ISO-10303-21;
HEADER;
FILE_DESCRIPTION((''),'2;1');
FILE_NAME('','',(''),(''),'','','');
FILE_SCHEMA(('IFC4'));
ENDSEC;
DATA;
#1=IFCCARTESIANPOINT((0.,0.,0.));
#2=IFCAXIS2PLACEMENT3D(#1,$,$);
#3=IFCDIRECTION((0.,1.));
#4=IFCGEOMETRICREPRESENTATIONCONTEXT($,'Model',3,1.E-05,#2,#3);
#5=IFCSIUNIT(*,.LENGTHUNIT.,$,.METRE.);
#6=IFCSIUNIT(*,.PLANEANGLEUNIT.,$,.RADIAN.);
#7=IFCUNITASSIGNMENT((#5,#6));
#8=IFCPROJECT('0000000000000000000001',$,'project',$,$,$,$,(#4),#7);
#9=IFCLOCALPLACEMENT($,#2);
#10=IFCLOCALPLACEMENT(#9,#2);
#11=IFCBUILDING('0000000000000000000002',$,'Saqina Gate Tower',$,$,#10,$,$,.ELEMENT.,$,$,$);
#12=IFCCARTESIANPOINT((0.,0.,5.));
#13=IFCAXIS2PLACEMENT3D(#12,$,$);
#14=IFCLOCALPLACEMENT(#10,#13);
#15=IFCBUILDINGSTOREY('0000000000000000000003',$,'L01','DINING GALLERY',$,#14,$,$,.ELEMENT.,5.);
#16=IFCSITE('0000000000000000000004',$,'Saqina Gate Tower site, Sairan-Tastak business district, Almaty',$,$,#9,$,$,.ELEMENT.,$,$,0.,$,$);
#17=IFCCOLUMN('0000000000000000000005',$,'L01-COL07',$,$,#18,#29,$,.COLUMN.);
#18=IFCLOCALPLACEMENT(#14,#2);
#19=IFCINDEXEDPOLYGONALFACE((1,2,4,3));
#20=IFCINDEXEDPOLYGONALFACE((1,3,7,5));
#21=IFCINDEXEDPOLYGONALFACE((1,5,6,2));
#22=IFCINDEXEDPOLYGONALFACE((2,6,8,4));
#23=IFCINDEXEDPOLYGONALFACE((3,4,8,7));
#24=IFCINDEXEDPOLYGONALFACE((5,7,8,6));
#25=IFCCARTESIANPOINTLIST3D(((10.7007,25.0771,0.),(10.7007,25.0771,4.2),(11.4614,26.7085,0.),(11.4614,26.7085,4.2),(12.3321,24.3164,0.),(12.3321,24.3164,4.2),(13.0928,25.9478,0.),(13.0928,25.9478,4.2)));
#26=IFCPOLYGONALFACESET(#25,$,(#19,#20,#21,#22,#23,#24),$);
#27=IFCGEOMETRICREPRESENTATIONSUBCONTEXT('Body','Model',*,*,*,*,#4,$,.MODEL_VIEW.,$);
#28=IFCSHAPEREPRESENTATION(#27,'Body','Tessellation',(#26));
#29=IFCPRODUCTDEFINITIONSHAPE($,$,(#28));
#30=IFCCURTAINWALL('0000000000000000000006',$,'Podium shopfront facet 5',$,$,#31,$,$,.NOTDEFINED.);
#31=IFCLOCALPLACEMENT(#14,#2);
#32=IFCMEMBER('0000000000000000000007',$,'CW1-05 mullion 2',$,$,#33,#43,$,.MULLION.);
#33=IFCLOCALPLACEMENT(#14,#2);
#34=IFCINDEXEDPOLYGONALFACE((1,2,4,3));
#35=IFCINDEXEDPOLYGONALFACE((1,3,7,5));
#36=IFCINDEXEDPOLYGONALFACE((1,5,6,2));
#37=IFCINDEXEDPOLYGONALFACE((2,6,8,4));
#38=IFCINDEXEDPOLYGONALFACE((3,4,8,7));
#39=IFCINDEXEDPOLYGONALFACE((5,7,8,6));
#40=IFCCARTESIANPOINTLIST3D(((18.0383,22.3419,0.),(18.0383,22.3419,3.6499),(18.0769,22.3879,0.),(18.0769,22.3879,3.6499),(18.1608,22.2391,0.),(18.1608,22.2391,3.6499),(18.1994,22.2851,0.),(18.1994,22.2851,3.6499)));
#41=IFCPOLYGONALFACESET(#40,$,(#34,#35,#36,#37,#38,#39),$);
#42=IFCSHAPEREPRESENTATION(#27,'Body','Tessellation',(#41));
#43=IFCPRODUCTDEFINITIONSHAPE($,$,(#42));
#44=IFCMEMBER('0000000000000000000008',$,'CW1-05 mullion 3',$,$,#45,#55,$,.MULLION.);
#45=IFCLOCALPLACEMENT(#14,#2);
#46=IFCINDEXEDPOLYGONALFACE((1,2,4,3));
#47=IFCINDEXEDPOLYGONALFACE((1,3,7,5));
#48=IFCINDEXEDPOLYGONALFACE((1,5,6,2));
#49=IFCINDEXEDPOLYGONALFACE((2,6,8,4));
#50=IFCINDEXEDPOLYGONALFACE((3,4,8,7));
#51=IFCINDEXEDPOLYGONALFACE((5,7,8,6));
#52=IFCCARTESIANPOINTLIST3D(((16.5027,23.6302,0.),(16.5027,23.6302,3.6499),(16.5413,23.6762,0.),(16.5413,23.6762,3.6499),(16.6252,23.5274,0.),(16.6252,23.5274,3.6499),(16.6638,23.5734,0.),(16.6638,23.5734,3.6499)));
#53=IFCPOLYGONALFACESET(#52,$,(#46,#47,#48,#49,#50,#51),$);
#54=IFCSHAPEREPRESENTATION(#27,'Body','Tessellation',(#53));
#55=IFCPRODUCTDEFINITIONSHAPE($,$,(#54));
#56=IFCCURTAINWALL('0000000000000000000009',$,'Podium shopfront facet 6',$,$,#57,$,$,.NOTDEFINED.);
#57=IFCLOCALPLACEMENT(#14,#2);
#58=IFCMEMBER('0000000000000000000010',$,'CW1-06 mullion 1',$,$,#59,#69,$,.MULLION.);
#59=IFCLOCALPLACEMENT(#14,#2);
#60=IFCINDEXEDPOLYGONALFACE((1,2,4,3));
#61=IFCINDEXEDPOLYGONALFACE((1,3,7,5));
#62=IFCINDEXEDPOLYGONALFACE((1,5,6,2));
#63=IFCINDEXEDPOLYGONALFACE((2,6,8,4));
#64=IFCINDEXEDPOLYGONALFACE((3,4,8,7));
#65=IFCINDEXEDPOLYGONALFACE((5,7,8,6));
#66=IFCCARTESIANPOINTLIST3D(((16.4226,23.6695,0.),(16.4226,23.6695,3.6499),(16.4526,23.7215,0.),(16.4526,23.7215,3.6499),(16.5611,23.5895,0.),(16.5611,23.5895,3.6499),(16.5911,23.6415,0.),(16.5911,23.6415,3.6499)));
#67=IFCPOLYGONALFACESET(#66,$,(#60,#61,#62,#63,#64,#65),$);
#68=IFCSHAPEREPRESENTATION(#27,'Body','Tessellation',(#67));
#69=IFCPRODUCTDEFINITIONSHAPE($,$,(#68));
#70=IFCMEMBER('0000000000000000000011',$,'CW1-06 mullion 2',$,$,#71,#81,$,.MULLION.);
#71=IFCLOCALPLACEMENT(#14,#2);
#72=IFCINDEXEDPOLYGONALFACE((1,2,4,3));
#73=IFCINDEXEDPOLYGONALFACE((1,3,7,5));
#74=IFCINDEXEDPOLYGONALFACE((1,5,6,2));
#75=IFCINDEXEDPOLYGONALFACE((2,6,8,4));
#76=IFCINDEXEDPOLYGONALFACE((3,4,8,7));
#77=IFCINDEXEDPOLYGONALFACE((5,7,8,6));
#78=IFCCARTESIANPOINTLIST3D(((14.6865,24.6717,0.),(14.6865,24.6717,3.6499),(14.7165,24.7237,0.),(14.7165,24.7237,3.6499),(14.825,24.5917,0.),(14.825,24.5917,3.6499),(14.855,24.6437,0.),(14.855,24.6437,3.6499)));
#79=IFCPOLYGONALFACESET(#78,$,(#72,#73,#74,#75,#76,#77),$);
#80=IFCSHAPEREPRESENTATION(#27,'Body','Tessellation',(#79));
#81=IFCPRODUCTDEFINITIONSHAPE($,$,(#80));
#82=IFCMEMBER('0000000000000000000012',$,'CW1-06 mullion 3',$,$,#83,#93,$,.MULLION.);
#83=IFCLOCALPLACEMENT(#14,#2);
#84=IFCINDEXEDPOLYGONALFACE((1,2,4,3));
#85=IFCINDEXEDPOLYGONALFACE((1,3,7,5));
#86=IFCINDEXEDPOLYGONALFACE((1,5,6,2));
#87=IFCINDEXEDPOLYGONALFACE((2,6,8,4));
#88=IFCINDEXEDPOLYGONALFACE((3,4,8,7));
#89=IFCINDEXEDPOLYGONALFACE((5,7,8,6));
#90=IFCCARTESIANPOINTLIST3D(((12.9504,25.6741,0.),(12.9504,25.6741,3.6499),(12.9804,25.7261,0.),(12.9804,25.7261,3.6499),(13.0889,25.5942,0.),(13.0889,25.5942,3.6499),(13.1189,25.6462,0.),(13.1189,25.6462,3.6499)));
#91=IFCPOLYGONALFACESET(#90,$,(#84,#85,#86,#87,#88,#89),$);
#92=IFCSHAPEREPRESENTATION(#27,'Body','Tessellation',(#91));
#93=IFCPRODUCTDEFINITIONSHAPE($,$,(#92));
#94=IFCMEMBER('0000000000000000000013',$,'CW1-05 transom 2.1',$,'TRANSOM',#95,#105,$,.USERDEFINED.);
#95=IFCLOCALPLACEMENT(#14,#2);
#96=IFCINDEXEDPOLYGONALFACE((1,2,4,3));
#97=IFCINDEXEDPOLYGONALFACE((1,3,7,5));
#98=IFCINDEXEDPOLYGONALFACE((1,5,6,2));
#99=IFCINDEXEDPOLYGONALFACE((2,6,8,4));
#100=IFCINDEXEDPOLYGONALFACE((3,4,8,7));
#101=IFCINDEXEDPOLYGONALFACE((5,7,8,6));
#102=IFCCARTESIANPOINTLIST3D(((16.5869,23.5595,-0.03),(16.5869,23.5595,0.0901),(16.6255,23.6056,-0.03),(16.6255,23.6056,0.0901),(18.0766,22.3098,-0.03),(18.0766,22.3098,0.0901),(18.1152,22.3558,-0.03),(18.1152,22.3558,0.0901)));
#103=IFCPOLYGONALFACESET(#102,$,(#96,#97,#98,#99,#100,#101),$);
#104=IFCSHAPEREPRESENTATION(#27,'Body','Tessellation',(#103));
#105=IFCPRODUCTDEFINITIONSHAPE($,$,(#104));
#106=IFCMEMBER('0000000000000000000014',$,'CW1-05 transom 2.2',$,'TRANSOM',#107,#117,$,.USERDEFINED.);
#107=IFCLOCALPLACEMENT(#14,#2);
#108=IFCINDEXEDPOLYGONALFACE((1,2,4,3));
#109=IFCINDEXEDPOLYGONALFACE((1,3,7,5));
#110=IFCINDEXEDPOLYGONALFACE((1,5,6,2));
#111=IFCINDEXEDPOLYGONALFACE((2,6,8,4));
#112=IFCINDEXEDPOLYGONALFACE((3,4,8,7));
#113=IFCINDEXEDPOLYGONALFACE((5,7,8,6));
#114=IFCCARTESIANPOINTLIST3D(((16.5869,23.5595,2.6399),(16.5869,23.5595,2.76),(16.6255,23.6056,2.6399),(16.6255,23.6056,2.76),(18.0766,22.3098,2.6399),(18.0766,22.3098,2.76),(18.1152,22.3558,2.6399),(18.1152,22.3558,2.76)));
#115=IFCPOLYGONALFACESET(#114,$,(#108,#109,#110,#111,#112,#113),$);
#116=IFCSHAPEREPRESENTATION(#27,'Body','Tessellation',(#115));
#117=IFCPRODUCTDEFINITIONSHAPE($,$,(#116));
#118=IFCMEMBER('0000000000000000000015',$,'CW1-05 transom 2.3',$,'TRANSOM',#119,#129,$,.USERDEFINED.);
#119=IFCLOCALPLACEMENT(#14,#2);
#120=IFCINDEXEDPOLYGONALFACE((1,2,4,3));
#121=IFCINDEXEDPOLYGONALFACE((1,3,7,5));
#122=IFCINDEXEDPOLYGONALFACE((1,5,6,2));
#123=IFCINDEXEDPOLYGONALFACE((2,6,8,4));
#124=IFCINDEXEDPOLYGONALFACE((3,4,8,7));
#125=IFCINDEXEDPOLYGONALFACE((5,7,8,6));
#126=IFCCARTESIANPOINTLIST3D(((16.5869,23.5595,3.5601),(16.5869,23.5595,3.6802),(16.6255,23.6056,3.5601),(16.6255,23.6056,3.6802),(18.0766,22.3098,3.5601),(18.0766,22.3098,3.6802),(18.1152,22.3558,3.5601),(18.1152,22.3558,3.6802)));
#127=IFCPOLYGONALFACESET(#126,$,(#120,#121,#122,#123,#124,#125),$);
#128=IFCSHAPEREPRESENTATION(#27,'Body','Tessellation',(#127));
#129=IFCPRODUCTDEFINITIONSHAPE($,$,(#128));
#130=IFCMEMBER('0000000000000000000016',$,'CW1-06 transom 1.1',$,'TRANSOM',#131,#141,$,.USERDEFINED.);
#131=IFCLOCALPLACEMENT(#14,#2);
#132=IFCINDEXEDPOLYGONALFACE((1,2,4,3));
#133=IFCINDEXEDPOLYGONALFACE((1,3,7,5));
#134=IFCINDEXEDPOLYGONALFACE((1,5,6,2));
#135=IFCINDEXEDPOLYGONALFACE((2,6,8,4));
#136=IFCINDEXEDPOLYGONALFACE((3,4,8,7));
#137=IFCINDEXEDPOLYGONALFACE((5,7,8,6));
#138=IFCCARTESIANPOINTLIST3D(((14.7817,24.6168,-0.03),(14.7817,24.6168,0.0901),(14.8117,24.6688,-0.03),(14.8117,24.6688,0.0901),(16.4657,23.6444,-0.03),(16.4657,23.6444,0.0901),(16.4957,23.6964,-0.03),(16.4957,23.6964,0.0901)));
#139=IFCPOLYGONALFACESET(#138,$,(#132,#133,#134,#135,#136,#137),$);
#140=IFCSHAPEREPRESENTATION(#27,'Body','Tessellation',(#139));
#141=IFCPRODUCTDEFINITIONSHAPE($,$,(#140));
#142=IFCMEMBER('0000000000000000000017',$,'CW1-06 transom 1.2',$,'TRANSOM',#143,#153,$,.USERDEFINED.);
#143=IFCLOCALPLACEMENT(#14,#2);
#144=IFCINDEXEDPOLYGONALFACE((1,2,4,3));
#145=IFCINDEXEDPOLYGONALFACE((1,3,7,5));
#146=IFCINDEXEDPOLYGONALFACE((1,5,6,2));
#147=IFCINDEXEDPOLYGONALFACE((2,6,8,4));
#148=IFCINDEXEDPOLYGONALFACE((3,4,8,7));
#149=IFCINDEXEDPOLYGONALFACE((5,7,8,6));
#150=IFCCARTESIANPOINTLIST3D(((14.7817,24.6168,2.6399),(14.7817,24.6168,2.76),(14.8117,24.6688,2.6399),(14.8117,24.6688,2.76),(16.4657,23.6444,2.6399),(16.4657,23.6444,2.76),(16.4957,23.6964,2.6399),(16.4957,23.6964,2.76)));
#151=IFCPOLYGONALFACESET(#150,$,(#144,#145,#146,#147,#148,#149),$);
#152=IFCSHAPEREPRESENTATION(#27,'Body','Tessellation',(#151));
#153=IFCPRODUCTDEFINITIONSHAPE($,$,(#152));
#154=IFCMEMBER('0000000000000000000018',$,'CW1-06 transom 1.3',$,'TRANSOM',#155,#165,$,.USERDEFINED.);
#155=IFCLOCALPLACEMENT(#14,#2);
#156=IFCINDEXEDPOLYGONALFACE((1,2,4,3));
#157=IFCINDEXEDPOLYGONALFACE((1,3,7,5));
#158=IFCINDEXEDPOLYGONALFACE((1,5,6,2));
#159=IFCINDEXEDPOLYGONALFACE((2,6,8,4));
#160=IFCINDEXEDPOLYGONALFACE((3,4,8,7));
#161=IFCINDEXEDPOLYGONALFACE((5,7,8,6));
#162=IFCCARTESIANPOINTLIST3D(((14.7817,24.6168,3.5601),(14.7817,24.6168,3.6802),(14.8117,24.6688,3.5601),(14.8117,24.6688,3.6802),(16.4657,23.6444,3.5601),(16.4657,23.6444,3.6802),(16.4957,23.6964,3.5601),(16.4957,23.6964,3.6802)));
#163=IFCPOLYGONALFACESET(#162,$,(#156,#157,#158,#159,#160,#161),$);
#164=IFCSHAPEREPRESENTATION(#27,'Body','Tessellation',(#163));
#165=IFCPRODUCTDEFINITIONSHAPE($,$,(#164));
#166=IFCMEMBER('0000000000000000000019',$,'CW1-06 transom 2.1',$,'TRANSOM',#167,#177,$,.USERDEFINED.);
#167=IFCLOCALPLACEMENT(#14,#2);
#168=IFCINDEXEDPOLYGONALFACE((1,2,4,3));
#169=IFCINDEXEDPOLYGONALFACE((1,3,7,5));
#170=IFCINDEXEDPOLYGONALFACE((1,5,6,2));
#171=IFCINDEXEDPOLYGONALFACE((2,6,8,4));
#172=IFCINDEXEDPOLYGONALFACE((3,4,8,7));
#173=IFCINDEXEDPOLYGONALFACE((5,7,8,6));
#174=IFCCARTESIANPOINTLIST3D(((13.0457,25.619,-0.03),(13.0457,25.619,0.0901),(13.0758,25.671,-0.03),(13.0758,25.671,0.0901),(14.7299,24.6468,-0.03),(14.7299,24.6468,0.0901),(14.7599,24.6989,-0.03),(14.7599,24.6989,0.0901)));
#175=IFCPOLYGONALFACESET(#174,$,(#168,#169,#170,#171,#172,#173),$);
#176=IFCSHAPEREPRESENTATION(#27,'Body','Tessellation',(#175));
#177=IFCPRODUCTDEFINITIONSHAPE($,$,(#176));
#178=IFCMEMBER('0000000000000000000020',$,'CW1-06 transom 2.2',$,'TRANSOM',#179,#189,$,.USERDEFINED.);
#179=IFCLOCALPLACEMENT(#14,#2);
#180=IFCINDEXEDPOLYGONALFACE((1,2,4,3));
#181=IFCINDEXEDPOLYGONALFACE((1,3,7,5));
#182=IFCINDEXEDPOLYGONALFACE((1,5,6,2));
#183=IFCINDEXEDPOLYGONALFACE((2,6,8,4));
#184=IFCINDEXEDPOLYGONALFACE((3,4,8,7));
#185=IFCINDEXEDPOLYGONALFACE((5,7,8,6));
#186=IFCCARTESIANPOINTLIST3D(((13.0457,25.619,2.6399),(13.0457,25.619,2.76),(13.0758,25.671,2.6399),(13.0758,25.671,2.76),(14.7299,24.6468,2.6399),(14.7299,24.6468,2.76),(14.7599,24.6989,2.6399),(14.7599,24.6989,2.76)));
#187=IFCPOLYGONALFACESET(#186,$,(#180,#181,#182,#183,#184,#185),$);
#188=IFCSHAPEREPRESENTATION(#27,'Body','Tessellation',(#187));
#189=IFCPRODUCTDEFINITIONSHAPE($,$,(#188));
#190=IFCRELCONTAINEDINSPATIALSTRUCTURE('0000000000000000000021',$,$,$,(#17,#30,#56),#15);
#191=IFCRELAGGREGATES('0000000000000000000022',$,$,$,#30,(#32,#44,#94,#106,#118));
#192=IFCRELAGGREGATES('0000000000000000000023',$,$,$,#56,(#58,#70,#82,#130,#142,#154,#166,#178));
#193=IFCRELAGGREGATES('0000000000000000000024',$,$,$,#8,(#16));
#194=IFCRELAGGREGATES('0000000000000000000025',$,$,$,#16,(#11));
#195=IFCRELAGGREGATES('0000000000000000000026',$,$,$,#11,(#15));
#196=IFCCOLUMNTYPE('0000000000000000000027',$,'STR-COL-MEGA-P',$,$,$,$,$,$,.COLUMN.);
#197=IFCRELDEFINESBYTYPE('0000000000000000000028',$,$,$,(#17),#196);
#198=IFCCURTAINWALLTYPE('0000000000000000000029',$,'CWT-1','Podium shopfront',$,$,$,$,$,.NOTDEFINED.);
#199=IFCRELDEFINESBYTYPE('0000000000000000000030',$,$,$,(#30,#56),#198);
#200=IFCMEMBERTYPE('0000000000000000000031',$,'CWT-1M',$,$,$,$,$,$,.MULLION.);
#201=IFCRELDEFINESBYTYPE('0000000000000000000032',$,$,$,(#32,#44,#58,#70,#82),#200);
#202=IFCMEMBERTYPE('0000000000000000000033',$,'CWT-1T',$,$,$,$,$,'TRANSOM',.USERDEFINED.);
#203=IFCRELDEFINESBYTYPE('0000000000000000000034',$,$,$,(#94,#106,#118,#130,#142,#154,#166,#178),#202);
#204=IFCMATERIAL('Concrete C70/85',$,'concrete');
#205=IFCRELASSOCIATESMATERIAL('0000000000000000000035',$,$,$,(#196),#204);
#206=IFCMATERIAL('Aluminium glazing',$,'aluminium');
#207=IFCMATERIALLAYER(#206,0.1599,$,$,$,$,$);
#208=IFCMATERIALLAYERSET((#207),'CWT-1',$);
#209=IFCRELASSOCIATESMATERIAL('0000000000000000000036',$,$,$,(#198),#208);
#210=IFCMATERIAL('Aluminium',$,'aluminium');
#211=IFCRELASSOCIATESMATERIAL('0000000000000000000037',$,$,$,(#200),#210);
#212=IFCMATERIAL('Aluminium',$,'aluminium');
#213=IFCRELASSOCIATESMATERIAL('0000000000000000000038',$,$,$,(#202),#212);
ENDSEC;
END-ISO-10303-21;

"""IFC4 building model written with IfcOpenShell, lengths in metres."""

from ifc_helpers import new_model, si_unit, direction, frame, origin, origin_2d, place, context, subcontext, project, spatial, rectangle, extrude, material, layer, layer_set, material_profile, profile_set, type_object, element, aggregate, save


model = new_model("IFC4")

# Units and contexts
model_context = context("Model", 3, precision=1e-05, world=origin(), true_north=direction((0.0, 1.0)))
body_context = subcontext(model_context, "Body", "Model", "MODEL_VIEW")
ifc_project = project(units=[si_unit("LENGTHUNIT", "METRE"), si_unit("PLANEANGLEUNIT", "RADIAN")], contexts=[model_context])

# Site, building, storey
site_placement = place(None, origin())
site = spatial("IfcSite", under=ifc_project, at=site_placement, Name="Saqina Gate Tower site, Sairan-Tastak business district, Almaty", CompositionType="ELEMENT", RefElevation=0.0)
building_placement = place(site_placement, origin())
building = spatial("IfcBuilding", under=site, at=building_placement, Name="Saqina Gate Tower", CompositionType="ELEMENT")
storey_placement = place(building_placement, frame((0.0, 0.0, 5.0)))
storey = spatial("IfcBuildingStorey", under=building, at=storey_placement, Name="L01", Description="DINING GALLERY", CompositionType="ELEMENT", Elevation=5.0)

# Column
ifc_material_1 = material(Name="Concrete C70/85", Category="concrete")
ifc_material_profile_1 = material_profile(ifc_material_1, rectangle(XDim=1.8, YDim=1.8, at=origin_2d()), Name="RC 1800x1800")
ifc_profile_set_1 = profile_set([ifc_material_profile_1], Name="Concrete C70/85")
column_type = type_object("IfcColumnType", Name="STR-COL-MEGA-P", PredefinedType="COLUMN", material=ifc_profile_set_1)
column_placement = place(storey_placement, frame((11.8967, 25.5125, 0.0), z_axis=(0.0, 0.0, 1.0), x_axis=(0.422618, 0.906308, 0.0)))
element("IfcColumn", 1, at=column_placement, inside=storey, type_object=column_type, Name="L01-COL07", PredefinedType="COLUMN", context=body_context, shape_type="SweptSolid", body=[
    extrude(rectangle(XDim=1.8, YDim=1.8, at=origin_2d()), origin(), (0.0, 0.0, 1.0), 4.2),
])

# Curtain walls, members
ifc_material_2 = material(Name="Aluminium glazing", Category="aluminium")
ifc_layer_1 = layer(ifc_material_2, 0.1599)
ifc_layer_set_1 = layer_set([ifc_layer_1], Name="CWT-1")
curtain_wall_type = type_object("IfcCurtainWallType", Name="CWT-1", Description="Podium shopfront", PredefinedType="NOTDEFINED", material=ifc_layer_set_1)
curtain_wall_1_placement = place(storey_placement, origin())
curtain_wall_1 = element("IfcCurtainWall", 2, at=curtain_wall_1_placement, inside=storey, type_object=curtain_wall_type, Name="Podium shopfront facet 5", PredefinedType="NOTDEFINED")
ifc_material_3 = material(Name="Aluminium", Category="aluminium")
ifc_material_profile_2 = material_profile(ifc_material_3, rectangle(XDim=0.0601, YDim=0.1599, at=origin_2d()), Name="Aluminium 60x160")
ifc_profile_set_2 = profile_set([ifc_material_profile_2], Name="Aluminium")
member_type_1 = type_object("IfcMemberType", Name="CWT-1M", PredefinedType="MULLION", material=ifc_profile_set_2)
member_1_placement = place(storey_placement, frame((18.1189, 22.3135, 0.0), z_axis=(0.0, 0.0, 1.0), x_axis=(-0.642779, -0.766051, 0.0)))
member_1 = element("IfcMember", 3, at=member_1_placement, type_object=member_type_1, Name="CW1-05 mullion 2", PredefinedType="MULLION", context=body_context, shape_type="SweptSolid", body=[
    extrude(rectangle(XDim=0.0601, YDim=0.1599, at=origin_2d()), origin(), (0.0, 0.0, 1.0), 3.6499),
])
member_2_placement = place(storey_placement, frame((16.5833, 23.6018, 0.0), z_axis=(0.0, 0.0, 1.0), x_axis=(-0.642779, -0.766051, 0.0)))
member_2 = element("IfcMember", 4, at=member_2_placement, type_object=member_type_1, Name="CW1-05 mullion 3", PredefinedType="MULLION", context=body_context, shape_type="SweptSolid", body=[
    extrude(rectangle(XDim=0.0601, YDim=0.1599, at=origin_2d()), origin(), (0.0, 0.0, 1.0), 3.6499),
])
curtain_wall_2_placement = place(storey_placement, origin())
curtain_wall_2 = element("IfcCurtainWall", 5, at=curtain_wall_2_placement, inside=storey, type_object=curtain_wall_type, Name="Podium shopfront facet 6", PredefinedType="NOTDEFINED")
member_3_placement = place(storey_placement, frame((16.5068, 23.6555, 0.0), z_axis=(0.0, 0.0, 1.0), x_axis=(-0.500014, -0.866017, 0.0)))
member_3 = element("IfcMember", 6, at=member_3_placement, type_object=member_type_1, Name="CW1-06 mullion 1", PredefinedType="MULLION", context=body_context, shape_type="SweptSolid", body=[
    extrude(rectangle(XDim=0.0601, YDim=0.1599, at=origin_2d()), origin(), (0.0, 0.0, 1.0), 3.6499),
])
member_4_placement = place(storey_placement, frame((14.7708, 24.6577, 0.0), z_axis=(0.0, 0.0, 1.0), x_axis=(-0.500014, -0.866017, 0.0)))
member_4 = element("IfcMember", 7, at=member_4_placement, type_object=member_type_1, Name="CW1-06 mullion 2", PredefinedType="MULLION", context=body_context, shape_type="SweptSolid", body=[
    extrude(rectangle(XDim=0.0601, YDim=0.1599, at=origin_2d()), origin(), (0.0, 0.0, 1.0), 3.6499),
])
member_5_placement = place(storey_placement, frame((13.0347, 25.6602, 0.0), z_axis=(0.0, 0.0, 1.0), x_axis=(-0.500014, -0.866017, 0.0)))
member_5 = element("IfcMember", 8, at=member_5_placement, type_object=member_type_1, Name="CW1-06 mullion 3", PredefinedType="MULLION", context=body_context, shape_type="SweptSolid", body=[
    extrude(rectangle(XDim=0.0601, YDim=0.1599, at=origin_2d()), origin(), (0.0, 0.0, 1.0), 3.6499),
])

# Members
ifc_material_4 = material(Name="Aluminium", Category="aluminium")
ifc_material_profile_3 = material_profile(ifc_material_4, rectangle(XDim=0.0601, YDim=0.1201, at=origin_2d()), Name="Aluminium 60x120")
ifc_profile_set_3 = profile_set([ifc_material_profile_3], Name="Aluminium")
member_type_2 = type_object("IfcMemberType", Name="CWT-1T", ElementType="TRANSOM", PredefinedType="USERDEFINED", material=ifc_profile_set_3)
member_6_placement = place(storey_placement, frame((18.0959, 22.3328, 0.03), z_axis=(-0.766118, 0.6427, 0.0), x_axis=(-0.6427, -0.766118, 0.0)))
member_6 = element("IfcMember", 9, at=member_6_placement, type_object=member_type_2, Name="CW1-05 transom 2.1", ObjectType="TRANSOM", PredefinedType="USERDEFINED", context=body_context, shape_type="SweptSolid", body=[
    extrude(rectangle(XDim=0.0601, YDim=0.1201, at=origin_2d()), origin(), (0.0, 0.0, 1.0), 1.9446),
])
member_7_placement = place(storey_placement, frame((18.0959, 22.3328, 2.7), z_axis=(-0.766118, 0.6427, 0.0), x_axis=(-0.6427, -0.766118, 0.0)))
member_7 = element("IfcMember", 10, at=member_7_placement, type_object=member_type_2, Name="CW1-05 transom 2.2", ObjectType="TRANSOM", PredefinedType="USERDEFINED", context=body_context, shape_type="SweptSolid", body=[
    extrude(rectangle(XDim=0.0601, YDim=0.1201, at=origin_2d()), origin(), (0.0, 0.0, 1.0), 1.9446),
])
member_8_placement = place(storey_placement, frame((18.0959, 22.3328, 3.6201), z_axis=(-0.766118, 0.6427, 0.0), x_axis=(-0.6427, -0.766118, 0.0)))
member_8 = element("IfcMember", 11, at=member_8_placement, type_object=member_type_2, Name="CW1-05 transom 2.3", ObjectType="TRANSOM", PredefinedType="USERDEFINED", context=body_context, shape_type="SweptSolid", body=[
    extrude(rectangle(XDim=0.0601, YDim=0.1201, at=origin_2d()), origin(), (0.0, 0.0, 1.0), 1.9446),
])
member_9_placement = place(storey_placement, frame((16.4807, 23.6704, 0.03), z_axis=(-0.866002, 0.500041, 0.0), x_axis=(-0.500041, -0.866002, 0.0)))
member_9 = element("IfcMember", 12, at=member_9_placement, type_object=member_type_2, Name="CW1-06 transom 1.1", ObjectType="TRANSOM", PredefinedType="USERDEFINED", context=body_context, shape_type="SweptSolid", body=[
    extrude(rectangle(XDim=0.0601, YDim=0.1201, at=origin_2d()), origin(), (0.0, 0.0, 1.0), 1.9446),
])
member_10_placement = place(storey_placement, frame((16.4807, 23.6704, 2.7), z_axis=(-0.866002, 0.500041, 0.0), x_axis=(-0.500041, -0.866002, 0.0)))
member_10 = element("IfcMember", 13, at=member_10_placement, type_object=member_type_2, Name="CW1-06 transom 1.2", ObjectType="TRANSOM", PredefinedType="USERDEFINED", context=body_context, shape_type="SweptSolid", body=[
    extrude(rectangle(XDim=0.0601, YDim=0.1201, at=origin_2d()), origin(), (0.0, 0.0, 1.0), 1.9446),
])
member_11_placement = place(storey_placement, frame((16.4807, 23.6704, 3.6201), z_axis=(-0.866002, 0.500041, 0.0), x_axis=(-0.500041, -0.866002, 0.0)))
member_11 = element("IfcMember", 14, at=member_11_placement, type_object=member_type_2, Name="CW1-06 transom 1.3", ObjectType="TRANSOM", PredefinedType="USERDEFINED", context=body_context, shape_type="SweptSolid", body=[
    extrude(rectangle(XDim=0.0601, YDim=0.1201, at=origin_2d()), origin(), (0.0, 0.0, 1.0), 1.9446),
])
member_12_placement = place(storey_placement, frame((14.7449, 24.6729, 0.03), z_axis=(-0.866056, 0.499947, 0.0), x_axis=(-0.499947, -0.866056, 0.0)))
member_12 = element("IfcMember", 15, at=member_12_placement, type_object=member_type_2, Name="CW1-06 transom 2.1", ObjectType="TRANSOM", PredefinedType="USERDEFINED", context=body_context, shape_type="SweptSolid", body=[
    extrude(rectangle(XDim=0.0601, YDim=0.1201, at=origin_2d()), origin(), (0.0, 0.0, 1.0), 1.9446),
])
member_13_placement = place(storey_placement, frame((14.7449, 24.6729, 2.7), z_axis=(-0.866056, 0.499947, 0.0), x_axis=(-0.499947, -0.866056, 0.0)))
member_13 = element("IfcMember", 16, at=member_13_placement, type_object=member_type_2, Name="CW1-06 transom 2.2", ObjectType="TRANSOM", PredefinedType="USERDEFINED", context=body_context, shape_type="SweptSolid", body=[
    extrude(rectangle(XDim=0.0601, YDim=0.1201, at=origin_2d()), origin(), (0.0, 0.0, 1.0), 1.9446),
])

aggregate(curtain_wall_1, [member_1, member_2, member_6, member_7, member_8])
aggregate(curtain_wall_2, [member_3, member_4, member_5, member_9, member_10, member_11, member_12, member_13])

save(model, "model.ifc")
